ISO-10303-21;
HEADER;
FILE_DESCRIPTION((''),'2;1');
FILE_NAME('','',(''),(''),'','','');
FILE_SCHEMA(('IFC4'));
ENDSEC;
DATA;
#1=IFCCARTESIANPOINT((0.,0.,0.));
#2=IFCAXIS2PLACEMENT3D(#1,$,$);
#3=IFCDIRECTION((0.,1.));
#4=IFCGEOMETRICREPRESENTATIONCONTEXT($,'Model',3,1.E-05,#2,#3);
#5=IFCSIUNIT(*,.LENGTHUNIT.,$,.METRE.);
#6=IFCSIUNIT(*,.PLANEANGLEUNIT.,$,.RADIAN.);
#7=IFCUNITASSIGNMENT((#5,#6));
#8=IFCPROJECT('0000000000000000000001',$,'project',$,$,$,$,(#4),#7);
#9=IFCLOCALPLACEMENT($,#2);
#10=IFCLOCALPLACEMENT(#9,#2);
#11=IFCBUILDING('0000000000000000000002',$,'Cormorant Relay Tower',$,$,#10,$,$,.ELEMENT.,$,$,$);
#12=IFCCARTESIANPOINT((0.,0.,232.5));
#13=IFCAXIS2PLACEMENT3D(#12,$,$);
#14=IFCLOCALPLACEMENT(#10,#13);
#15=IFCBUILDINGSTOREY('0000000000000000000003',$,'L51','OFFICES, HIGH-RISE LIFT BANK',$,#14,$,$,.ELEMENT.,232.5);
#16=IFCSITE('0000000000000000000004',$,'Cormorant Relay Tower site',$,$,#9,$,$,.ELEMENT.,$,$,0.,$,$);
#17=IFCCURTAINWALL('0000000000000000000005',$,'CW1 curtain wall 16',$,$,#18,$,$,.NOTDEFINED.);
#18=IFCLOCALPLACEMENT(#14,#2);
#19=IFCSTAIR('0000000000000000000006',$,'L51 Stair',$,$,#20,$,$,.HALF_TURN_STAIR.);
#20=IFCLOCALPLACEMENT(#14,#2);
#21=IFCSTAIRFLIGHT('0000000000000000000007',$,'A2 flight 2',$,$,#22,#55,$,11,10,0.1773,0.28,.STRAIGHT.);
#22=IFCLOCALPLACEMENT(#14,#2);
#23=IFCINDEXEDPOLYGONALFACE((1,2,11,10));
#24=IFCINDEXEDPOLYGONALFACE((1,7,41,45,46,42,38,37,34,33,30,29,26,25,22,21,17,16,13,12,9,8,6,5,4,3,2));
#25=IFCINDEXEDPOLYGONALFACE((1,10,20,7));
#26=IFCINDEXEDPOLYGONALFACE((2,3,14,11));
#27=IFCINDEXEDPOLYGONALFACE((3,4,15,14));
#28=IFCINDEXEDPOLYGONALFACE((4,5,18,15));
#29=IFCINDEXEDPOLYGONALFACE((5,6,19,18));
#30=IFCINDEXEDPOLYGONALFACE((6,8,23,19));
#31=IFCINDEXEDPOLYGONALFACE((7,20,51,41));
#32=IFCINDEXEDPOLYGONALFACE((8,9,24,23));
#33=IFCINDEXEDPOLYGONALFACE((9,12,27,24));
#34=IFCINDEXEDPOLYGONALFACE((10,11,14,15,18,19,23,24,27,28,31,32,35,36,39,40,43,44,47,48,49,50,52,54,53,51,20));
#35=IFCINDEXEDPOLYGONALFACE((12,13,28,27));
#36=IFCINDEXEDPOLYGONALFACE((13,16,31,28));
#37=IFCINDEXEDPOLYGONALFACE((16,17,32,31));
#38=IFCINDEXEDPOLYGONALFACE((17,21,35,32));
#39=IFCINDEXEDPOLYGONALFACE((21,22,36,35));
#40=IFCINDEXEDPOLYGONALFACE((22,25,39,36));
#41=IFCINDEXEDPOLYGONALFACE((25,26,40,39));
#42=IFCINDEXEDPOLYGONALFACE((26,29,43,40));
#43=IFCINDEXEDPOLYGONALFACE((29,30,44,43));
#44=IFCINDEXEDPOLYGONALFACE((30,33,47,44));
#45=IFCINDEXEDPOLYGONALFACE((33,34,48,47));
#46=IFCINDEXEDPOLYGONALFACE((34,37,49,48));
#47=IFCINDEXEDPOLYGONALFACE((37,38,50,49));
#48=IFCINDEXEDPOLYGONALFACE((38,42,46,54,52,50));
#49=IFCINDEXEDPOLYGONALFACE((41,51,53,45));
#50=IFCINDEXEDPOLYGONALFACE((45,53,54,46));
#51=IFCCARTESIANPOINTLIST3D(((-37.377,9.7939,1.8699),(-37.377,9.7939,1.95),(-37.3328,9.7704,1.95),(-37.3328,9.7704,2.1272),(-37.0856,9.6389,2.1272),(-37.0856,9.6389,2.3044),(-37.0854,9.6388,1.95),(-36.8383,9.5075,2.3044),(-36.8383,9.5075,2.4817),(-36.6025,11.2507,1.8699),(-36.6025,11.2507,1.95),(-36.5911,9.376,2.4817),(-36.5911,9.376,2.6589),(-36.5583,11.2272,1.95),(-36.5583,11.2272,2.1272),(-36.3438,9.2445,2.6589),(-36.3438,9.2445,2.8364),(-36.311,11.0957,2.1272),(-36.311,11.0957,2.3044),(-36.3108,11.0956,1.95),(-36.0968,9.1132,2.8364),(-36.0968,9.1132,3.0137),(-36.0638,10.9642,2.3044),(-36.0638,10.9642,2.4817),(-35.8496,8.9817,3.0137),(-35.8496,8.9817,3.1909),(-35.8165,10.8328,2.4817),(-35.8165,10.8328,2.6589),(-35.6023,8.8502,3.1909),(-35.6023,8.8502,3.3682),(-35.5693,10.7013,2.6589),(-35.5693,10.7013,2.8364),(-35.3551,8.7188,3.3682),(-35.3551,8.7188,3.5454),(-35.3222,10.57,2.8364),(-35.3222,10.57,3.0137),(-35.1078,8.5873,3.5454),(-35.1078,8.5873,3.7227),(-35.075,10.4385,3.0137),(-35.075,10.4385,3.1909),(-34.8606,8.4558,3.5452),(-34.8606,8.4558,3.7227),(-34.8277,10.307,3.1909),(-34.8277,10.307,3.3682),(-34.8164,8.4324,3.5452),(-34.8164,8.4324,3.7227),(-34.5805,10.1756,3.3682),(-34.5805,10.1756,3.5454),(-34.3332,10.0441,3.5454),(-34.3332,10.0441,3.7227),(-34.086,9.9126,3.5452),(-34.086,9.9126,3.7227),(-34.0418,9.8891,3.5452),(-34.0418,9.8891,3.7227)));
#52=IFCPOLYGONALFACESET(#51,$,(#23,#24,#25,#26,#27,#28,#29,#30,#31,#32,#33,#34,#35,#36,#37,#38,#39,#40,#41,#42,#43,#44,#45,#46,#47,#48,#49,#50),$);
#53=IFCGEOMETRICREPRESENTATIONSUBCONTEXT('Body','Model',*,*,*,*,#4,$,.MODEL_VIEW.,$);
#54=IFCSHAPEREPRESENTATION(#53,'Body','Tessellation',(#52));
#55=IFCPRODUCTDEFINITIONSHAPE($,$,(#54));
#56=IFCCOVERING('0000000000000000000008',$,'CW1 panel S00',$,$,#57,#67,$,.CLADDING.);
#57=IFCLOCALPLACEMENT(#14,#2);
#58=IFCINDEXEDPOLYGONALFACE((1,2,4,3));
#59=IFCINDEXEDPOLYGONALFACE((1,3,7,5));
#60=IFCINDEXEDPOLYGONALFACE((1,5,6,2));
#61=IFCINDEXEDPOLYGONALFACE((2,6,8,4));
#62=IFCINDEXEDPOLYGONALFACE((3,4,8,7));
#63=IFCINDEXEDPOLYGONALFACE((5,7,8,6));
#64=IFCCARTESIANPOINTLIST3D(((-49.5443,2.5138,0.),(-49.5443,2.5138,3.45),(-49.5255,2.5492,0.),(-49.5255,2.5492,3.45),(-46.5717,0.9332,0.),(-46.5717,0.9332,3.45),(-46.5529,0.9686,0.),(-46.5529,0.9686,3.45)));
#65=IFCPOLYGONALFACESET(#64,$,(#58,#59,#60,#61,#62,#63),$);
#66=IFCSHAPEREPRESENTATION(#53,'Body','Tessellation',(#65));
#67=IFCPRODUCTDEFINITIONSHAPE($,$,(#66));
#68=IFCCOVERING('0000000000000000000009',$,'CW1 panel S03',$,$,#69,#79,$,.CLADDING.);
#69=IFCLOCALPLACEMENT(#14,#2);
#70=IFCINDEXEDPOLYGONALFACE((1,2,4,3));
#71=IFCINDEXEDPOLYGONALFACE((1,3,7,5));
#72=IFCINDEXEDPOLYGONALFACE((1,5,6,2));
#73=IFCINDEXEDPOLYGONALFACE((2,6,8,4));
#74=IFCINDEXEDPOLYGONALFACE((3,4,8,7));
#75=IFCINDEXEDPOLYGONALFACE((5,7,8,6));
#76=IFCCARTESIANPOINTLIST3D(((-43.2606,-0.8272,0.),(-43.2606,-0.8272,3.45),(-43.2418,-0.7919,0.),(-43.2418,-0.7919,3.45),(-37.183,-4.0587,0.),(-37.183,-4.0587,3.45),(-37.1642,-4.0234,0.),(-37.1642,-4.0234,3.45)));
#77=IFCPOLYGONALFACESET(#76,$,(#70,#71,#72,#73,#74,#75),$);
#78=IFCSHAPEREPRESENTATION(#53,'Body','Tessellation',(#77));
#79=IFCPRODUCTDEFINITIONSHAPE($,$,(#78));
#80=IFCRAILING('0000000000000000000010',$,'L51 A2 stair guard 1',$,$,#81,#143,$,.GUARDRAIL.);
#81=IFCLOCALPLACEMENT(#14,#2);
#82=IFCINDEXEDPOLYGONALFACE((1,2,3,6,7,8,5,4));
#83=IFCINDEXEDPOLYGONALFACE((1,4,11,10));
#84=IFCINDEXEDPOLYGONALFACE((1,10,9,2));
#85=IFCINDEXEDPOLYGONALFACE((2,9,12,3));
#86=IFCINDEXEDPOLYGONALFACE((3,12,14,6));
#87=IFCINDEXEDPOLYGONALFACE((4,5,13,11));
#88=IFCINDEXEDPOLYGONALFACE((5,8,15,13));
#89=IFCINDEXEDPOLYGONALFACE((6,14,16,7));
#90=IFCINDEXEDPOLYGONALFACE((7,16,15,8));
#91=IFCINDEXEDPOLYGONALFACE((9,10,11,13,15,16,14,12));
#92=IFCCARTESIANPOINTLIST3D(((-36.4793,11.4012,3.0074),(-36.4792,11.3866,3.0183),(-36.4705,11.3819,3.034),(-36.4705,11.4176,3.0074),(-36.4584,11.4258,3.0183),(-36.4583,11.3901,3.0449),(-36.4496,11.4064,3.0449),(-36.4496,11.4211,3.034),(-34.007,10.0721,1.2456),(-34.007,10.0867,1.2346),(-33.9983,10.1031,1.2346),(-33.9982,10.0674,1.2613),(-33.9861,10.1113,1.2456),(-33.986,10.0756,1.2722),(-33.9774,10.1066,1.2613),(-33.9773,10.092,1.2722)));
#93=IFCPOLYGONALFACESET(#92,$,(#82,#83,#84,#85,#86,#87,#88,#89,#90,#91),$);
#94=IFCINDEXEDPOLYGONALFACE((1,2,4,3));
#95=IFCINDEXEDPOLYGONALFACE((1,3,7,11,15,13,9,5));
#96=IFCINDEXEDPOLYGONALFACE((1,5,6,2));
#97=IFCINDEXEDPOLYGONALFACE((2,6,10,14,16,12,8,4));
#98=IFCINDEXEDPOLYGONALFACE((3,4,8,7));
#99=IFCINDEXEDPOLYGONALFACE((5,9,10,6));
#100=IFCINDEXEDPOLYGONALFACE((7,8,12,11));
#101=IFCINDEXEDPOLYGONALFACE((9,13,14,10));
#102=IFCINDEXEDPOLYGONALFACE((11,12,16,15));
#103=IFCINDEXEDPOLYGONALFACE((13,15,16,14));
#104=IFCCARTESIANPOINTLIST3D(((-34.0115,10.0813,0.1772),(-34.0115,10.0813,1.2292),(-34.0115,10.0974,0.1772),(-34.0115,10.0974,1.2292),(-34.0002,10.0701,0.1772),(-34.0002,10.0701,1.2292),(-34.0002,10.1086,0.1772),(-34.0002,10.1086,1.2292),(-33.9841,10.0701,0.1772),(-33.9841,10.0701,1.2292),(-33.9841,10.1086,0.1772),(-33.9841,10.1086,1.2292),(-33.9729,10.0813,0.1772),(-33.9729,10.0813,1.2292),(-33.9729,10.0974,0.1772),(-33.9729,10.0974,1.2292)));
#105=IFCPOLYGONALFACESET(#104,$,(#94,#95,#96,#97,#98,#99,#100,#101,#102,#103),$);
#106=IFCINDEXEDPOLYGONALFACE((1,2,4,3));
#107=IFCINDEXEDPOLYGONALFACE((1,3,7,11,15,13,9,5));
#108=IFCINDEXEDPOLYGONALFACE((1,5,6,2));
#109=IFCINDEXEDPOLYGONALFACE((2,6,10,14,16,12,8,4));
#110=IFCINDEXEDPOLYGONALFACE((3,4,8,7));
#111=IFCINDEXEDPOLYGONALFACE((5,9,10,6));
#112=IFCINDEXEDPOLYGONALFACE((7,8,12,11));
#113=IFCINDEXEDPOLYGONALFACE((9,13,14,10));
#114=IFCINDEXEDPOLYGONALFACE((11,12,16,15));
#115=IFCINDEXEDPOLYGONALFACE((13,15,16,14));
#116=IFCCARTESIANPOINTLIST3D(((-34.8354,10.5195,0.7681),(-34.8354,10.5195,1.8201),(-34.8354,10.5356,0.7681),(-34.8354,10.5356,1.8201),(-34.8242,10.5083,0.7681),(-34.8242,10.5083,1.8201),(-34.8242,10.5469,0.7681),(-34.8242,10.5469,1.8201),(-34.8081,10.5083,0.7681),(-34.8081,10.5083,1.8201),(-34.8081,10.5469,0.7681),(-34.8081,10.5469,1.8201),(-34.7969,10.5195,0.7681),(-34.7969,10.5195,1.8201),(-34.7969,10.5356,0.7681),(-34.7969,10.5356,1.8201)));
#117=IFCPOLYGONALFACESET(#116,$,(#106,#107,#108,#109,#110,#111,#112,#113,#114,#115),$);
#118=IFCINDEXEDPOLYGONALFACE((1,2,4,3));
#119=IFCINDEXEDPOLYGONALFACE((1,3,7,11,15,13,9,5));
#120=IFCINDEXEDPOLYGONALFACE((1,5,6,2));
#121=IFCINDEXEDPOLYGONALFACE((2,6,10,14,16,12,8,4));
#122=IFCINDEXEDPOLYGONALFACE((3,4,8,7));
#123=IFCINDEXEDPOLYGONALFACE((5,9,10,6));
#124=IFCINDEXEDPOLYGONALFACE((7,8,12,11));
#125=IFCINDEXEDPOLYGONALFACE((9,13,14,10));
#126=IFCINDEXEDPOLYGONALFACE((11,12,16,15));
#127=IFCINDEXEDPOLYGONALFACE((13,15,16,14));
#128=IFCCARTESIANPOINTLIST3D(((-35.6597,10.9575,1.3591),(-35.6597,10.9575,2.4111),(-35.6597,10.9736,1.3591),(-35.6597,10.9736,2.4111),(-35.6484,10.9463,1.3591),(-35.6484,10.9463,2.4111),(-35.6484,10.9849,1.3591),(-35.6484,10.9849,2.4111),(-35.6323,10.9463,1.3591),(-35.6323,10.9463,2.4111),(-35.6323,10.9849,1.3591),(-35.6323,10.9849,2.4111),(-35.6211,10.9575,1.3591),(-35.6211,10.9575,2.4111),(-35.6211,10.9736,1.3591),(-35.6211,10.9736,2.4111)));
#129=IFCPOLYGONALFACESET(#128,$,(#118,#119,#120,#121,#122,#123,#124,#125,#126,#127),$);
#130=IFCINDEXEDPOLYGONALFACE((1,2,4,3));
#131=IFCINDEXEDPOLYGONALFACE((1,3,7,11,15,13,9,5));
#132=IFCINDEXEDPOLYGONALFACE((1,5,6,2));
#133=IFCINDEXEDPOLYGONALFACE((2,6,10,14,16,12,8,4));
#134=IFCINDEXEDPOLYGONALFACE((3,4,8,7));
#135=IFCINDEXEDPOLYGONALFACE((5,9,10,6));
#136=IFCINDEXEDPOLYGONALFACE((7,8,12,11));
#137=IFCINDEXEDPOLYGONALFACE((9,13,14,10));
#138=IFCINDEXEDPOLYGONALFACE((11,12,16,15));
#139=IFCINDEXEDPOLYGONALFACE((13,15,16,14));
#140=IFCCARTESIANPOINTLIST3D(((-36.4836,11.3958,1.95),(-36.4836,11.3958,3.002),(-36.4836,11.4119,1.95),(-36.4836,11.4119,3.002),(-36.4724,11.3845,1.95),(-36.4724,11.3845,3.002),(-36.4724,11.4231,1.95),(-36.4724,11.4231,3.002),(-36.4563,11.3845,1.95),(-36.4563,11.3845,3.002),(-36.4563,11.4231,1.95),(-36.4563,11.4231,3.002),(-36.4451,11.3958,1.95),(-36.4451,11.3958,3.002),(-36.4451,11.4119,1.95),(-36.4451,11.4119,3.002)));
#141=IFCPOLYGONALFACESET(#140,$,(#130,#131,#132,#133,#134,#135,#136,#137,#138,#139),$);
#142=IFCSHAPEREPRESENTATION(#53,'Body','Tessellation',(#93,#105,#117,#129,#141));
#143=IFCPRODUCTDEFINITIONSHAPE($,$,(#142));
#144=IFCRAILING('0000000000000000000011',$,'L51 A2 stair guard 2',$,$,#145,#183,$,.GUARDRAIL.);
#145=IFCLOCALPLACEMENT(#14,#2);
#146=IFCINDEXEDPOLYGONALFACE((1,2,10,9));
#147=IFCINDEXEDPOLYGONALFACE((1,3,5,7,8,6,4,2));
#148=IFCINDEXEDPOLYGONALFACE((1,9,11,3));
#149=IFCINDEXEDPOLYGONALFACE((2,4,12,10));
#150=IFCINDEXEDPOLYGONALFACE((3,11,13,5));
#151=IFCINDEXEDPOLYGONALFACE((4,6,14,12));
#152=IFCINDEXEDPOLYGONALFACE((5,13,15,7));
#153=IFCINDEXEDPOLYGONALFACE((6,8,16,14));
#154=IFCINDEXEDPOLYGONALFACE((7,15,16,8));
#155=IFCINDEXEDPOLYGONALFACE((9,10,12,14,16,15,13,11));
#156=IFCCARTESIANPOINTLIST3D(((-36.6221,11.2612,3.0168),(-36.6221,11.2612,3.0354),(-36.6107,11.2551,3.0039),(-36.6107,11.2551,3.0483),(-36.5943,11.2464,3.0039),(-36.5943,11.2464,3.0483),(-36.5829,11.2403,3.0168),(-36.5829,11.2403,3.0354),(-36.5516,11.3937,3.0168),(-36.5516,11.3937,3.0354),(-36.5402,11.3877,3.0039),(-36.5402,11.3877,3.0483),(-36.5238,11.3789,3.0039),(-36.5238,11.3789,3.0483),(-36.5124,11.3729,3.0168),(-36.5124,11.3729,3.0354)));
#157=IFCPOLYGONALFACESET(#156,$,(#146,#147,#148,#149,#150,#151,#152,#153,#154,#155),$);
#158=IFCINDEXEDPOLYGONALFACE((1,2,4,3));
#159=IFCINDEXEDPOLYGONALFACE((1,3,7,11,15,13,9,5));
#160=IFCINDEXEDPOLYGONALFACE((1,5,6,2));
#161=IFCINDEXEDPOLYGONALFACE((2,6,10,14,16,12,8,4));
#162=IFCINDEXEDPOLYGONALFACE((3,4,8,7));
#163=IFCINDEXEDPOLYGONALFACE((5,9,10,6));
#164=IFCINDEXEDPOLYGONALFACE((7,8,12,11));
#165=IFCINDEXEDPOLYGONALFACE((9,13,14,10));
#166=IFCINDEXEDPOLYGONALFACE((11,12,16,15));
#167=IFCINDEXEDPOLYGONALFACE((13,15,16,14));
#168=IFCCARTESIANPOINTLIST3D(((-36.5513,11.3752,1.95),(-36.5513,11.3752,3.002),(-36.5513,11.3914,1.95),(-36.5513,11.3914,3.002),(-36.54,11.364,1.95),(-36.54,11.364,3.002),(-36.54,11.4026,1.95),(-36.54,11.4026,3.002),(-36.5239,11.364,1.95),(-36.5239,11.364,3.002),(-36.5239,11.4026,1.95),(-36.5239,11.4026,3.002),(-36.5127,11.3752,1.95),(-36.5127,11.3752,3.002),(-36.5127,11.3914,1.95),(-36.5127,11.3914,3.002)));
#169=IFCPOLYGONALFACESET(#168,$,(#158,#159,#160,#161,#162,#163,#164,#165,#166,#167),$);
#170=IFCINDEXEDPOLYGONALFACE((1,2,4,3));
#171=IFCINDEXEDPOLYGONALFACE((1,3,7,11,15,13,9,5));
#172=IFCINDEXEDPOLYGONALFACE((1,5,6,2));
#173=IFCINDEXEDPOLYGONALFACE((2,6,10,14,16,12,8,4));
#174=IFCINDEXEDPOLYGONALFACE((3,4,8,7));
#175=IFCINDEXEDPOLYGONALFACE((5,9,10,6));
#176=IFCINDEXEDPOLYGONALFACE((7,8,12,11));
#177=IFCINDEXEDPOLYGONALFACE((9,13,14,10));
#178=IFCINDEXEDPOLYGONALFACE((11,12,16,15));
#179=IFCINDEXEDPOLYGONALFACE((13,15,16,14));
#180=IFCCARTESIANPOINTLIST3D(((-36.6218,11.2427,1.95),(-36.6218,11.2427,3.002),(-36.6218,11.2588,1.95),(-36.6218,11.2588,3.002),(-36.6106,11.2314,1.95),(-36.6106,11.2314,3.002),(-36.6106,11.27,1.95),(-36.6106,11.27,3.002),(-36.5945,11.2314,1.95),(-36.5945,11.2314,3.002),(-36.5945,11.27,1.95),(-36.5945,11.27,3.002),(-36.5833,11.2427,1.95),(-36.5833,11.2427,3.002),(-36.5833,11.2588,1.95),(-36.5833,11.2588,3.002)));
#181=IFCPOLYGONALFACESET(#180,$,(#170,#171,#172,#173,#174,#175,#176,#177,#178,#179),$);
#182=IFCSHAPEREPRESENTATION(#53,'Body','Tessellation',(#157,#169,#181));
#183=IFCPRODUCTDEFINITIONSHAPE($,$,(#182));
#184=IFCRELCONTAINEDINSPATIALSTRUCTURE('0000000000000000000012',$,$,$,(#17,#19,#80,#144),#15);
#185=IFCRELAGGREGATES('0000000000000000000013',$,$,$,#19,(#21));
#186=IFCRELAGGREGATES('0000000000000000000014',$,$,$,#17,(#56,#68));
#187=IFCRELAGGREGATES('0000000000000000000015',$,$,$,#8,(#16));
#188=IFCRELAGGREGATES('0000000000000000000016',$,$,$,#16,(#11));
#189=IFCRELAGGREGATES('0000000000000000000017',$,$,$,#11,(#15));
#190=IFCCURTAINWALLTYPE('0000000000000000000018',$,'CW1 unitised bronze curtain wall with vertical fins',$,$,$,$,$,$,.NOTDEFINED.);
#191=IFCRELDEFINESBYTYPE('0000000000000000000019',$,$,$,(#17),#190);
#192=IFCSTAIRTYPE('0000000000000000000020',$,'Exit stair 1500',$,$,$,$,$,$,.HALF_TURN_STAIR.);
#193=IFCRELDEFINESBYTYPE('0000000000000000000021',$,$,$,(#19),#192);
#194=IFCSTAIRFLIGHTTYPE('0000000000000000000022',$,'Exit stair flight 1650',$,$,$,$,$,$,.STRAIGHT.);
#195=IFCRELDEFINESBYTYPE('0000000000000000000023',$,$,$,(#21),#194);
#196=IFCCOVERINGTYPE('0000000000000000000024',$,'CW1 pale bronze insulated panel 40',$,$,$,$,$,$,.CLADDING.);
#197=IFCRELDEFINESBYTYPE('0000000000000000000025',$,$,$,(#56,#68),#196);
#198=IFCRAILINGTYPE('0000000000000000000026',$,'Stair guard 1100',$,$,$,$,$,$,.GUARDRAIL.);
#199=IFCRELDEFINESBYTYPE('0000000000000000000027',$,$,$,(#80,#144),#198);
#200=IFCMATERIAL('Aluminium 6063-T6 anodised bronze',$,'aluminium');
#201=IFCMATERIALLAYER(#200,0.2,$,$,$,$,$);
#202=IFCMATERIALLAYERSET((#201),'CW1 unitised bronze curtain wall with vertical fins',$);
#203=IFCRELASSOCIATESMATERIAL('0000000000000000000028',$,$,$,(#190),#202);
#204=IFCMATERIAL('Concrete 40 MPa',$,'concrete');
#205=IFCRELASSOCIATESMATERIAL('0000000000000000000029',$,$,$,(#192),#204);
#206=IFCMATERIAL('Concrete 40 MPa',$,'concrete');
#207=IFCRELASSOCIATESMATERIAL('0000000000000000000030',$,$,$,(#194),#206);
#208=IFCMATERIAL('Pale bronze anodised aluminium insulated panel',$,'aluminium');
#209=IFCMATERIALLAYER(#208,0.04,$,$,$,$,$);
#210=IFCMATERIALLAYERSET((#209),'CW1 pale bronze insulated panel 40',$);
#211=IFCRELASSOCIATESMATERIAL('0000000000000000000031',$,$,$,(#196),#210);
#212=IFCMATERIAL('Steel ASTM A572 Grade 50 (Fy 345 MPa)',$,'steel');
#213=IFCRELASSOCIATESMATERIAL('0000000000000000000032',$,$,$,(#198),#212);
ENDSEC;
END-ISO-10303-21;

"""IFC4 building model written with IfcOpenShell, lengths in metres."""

from ifc_helpers import new_model, si_unit, direction, frame, origin, origin_2d, place, context, subcontext, project, spatial, polyline, rectangle, outline, extrude, material, layer, layer_set, type_object, element, aggregate, save


model = new_model("IFC4")

# Units and contexts
model_context = context("Model", 3, precision=1e-05, world=origin(), true_north=direction((0.0, 1.0)))
body_context = subcontext(model_context, "Body", "Model", "MODEL_VIEW")
ifc_project = project(units=[si_unit("LENGTHUNIT", "METRE"), si_unit("PLANEANGLEUNIT", "RADIAN")], contexts=[model_context])

# Site, building, storey
site_placement = place(None, origin())
site = spatial("IfcSite", under=ifc_project, at=site_placement, Name="Cormorant Relay Tower site", CompositionType="ELEMENT", RefElevation=0.0)
building_placement = place(site_placement, origin())
building = spatial("IfcBuilding", under=site, at=building_placement, Name="Cormorant Relay Tower", CompositionType="ELEMENT")
storey_placement = place(building_placement, frame((0.0, 0.0, 232.5)))
storey = spatial("IfcBuildingStorey", under=building, at=storey_placement, Name="L51", Description="OFFICES, HIGH-RISE LIFT BANK", CompositionType="ELEMENT", Elevation=232.5)

# Curtain wall
ifc_material_1 = material(Name="Aluminium 6063-T6 anodised bronze", Category="aluminium")
ifc_layer_1 = layer(ifc_material_1, 0.2)
ifc_layer_set_1 = layer_set([ifc_layer_1], Name="CW1 unitised bronze curtain wall with vertical fins")
curtain_wall_type = type_object("IfcCurtainWallType", Name="CW1 unitised bronze curtain wall with vertical fins", PredefinedType="NOTDEFINED", material=ifc_layer_set_1)
curtain_wall_placement = place(storey_placement, origin())
curtain_wall = element("IfcCurtainWall", 1, at=curtain_wall_placement, inside=storey, type_object=curtain_wall_type, Name="CW1 curtain wall 16", PredefinedType="NOTDEFINED")

# Stair, stair flight
ifc_material_2 = material(Name="Concrete 40 MPa", Category="concrete")
stair_type = type_object("IfcStairType", Name="Exit stair 1500", PredefinedType="HALF_TURN_STAIR", material=ifc_material_2)
stair_placement = place(storey_placement, origin())
stair = element("IfcStair", 2, at=stair_placement, inside=storey, type_object=stair_type, Name="L51 Stair", PredefinedType="HALF_TURN_STAIR")
ifc_material_3 = material(Name="Concrete 40 MPa", Category="concrete")
stair_flight_type = type_object("IfcStairFlightType", Name="Exit stair flight 1650", PredefinedType="STRAIGHT", material=ifc_material_3)
stair_flight_1_placement = place(storey_placement, frame((-36.9456, 10.4988, 1.95), z_axis=(0.0, 0.0, 1.0), x_axis=(0.882948, -0.469472, 0.0)))
stair_flight_1 = element("IfcStairFlight", 3, at=stair_flight_1_placement, type_object=stair_flight_type, Name="A2 flight 2", NumberOfRisers=11, NumberOfTreads=10, PredefinedType="STRAIGHT", RiserHeight=0.1773, TreadLength=0.28, context=body_context, shape_type="SweptSolid", body=[
    extrude(outline(polyline([(-0.05, -0.0801), (-0.05, 0.0), (0.0, 0.0), (0.0, 0.1772), (0.28, 0.1772), (0.28, 0.3545), (0.5601, 0.3545), (0.5601, 0.5317), (0.8401, 0.5317), (0.8401, 0.709), (1.1201, 0.709), (1.1201, 0.8865), (1.3999, 0.8865), (1.3999, 1.0637), (1.6799, 1.0637), (1.6799, 1.241), (1.96, 1.241), (1.96, 1.4182), (2.24, 1.4182), (2.24, 1.5955), (2.52, 1.5955), (2.52, 1.7727), (2.8, 1.7727), (2.8501, 1.7727), (2.8501, 1.5952), (2.8, 1.5952), (0.2803, 0.0), (-0.05, -0.0801)])), frame((0.0, 0.825, 0.0), z_axis=(0.0, -1.0, 0.0), x_axis=(1.0, 0.0, 0.0)), (0.0, 0.0, 1.0), 1.6499),
])
aggregate(stair, [stair_flight_1])

# Coverings
ifc_material_4 = material(Name="Pale bronze anodised aluminium insulated panel", Category="aluminium")
ifc_layer_2 = layer(ifc_material_4, 0.04)
ifc_layer_set_2 = layer_set([ifc_layer_2], Name="CW1 pale bronze insulated panel 40")
covering_type = type_object("IfcCoveringType", Name="CW1 pale bronze insulated panel 40", PredefinedType="CLADDING", material=ifc_layer_set_2)
covering_1_placement = place(storey_placement, frame((-48.0486, 1.7412, 0.0), z_axis=(0.0, 0.0, 1.0), x_axis=(0.882948, -0.469472, 0.0)))
covering_1 = element("IfcCovering", 4, at=covering_1_placement, type_object=covering_type, Name="CW1 panel S00", PredefinedType="CLADDING", context=body_context, shape_type="SweptSolid", body=[
    extrude(rectangle(XDim=3.3667, YDim=0.04, at=origin_2d()), origin(), (0.0, 0.0, 1.0), 3.45),
])
covering_2_placement = place(storey_placement, frame((-40.2124, -2.4253, 0.0), z_axis=(0.0, 0.0, 1.0), x_axis=(0.882948, -0.469472, 0.0)))
covering_2 = element("IfcCovering", 5, at=covering_2_placement, type_object=covering_type, Name="CW1 panel S03", PredefinedType="CLADDING", context=body_context, shape_type="SweptSolid", body=[
    extrude(rectangle(XDim=6.8833, YDim=0.04, at=origin_2d()), origin(), (0.0, 0.0, 1.0), 3.45),
])
aggregate(curtain_wall, [covering_1, covering_2])

# Railings
ifc_material_5 = material(Name="Steel ASTM A572 Grade 50 (Fy 345 MPa)", Category="steel")
railing_type_1 = type_object("IfcRailingType", Name="Stair guard 1100", PredefinedType="GUARDRAIL", material=ifc_material_5)
railing_1_placement = place(storey_placement, frame((-33.9922, 10.0894, 0.1772)))
element("IfcRailing", 6, at=railing_1_placement, inside=storey, type_object=railing_type_1, Name="L51 A2 stair guard 1", PredefinedType="GUARDRAIL", context=body_context, shape_type="SweptSolid", body=[
    extrude(outline(polyline([(0.0222, 0.0093), (0.0093, 0.0222), (-0.0093, 0.0222), (-0.0222, 0.0093), (-0.0222, -0.0093), (-0.0093, -0.0222), (0.0093, -0.0222), (0.0222, -0.0093), (0.0222, 0.0093)])), frame((0.0, 0.0, 1.0762), z_axis=(-0.746001, 0.396649, 0.534931), x_axis=(-0.469465, -0.882951, 0.0)), (0.0, 0.0, 1.0), 3.314),
    extrude(outline(polyline([(0.0193, 0.0081), (0.0081, 0.0193), (-0.0081, 0.0193), (-0.0193, 0.0081), (-0.0193, -0.0081), (-0.0081, -0.0193), (0.0081, -0.0193), (0.0193, -0.0081), (0.0193, 0.0081)])), origin(), (0.0, 0.0, 1.0), 1.052),
    extrude(outline(polyline([(0.0193, 0.0081), (0.0081, 0.0193), (-0.0081, 0.0193), (-0.0193, 0.0081), (-0.0193, -0.0081), (-0.0081, -0.0193), (0.0081, -0.0193), (0.0193, -0.0081), (0.0193, 0.0081)])), frame((-0.824, 0.4382, 0.5908)), (0.0, 0.0, 1.0), 1.052),
    extrude(outline(polyline([(0.0193, 0.0081), (0.0081, 0.0193), (-0.0081, 0.0193), (-0.0193, 0.0081), (-0.0193, -0.0081), (-0.0081, -0.0193), (0.0081, -0.0193), (0.0193, -0.0081), (0.0193, 0.0081)])), frame((-1.6482, 0.8762, 1.1819)), (0.0, 0.0, 1.0), 1.052),
    extrude(outline(polyline([(0.0193, 0.0081), (0.0081, 0.0193), (-0.0081, 0.0193), (-0.0193, 0.0081), (-0.0193, -0.0081), (-0.0081, -0.0193), (0.0081, -0.0193), (0.0193, -0.0081), (0.0193, 0.0081)])), frame((-2.4722, 1.3145, 1.7727)), (0.0, 0.0, 1.0), 1.052),
])
railing_2_placement = place(storey_placement, frame((-36.532, 11.3833, 1.95)))
element("IfcRailing", 7, at=railing_2_placement, inside=storey, type_object=railing_type_1, Name="L51 A2 stair guard 2", PredefinedType="GUARDRAIL", context=body_context, shape_type="SweptSolid", body=[
    extrude(outline(polyline([(0.0222, 0.0093), (0.0093, 0.0222), (-0.0093, 0.0222), (-0.0222, 0.0093), (-0.0222, -0.0093), (-0.0093, -0.0222), (0.0093, -0.0222), (0.0222, -0.0093), (0.0222, 0.0093)])), frame((0.0, 0.0, 1.0762), z_axis=(-0.469829, -0.882758, 0.0), x_axis=(0.882758, -0.469829, 0.0)), (0.0, 0.0, 1.0), 0.1501),
    extrude(outline(polyline([(0.0193, 0.0081), (0.0081, 0.0193), (-0.0081, 0.0193), (-0.0193, 0.0081), (-0.0193, -0.0081), (-0.0081, -0.0193), (0.0081, -0.0193), (0.0193, -0.0081), (0.0193, 0.0081)])), origin(), (0.0, 0.0, 1.0), 1.052),
    extrude(outline(polyline([(0.0193, 0.0081), (0.0081, 0.0193), (-0.0081, 0.0193), (-0.0193, 0.0081), (-0.0193, -0.0081), (-0.0081, -0.0193), (0.0081, -0.0193), (0.0193, -0.0081), (0.0193, 0.0081)])), frame((-0.0706, -0.1326, 0.0)), (0.0, 0.0, 1.0), 1.052),
])

save(model, "model.ifc")
